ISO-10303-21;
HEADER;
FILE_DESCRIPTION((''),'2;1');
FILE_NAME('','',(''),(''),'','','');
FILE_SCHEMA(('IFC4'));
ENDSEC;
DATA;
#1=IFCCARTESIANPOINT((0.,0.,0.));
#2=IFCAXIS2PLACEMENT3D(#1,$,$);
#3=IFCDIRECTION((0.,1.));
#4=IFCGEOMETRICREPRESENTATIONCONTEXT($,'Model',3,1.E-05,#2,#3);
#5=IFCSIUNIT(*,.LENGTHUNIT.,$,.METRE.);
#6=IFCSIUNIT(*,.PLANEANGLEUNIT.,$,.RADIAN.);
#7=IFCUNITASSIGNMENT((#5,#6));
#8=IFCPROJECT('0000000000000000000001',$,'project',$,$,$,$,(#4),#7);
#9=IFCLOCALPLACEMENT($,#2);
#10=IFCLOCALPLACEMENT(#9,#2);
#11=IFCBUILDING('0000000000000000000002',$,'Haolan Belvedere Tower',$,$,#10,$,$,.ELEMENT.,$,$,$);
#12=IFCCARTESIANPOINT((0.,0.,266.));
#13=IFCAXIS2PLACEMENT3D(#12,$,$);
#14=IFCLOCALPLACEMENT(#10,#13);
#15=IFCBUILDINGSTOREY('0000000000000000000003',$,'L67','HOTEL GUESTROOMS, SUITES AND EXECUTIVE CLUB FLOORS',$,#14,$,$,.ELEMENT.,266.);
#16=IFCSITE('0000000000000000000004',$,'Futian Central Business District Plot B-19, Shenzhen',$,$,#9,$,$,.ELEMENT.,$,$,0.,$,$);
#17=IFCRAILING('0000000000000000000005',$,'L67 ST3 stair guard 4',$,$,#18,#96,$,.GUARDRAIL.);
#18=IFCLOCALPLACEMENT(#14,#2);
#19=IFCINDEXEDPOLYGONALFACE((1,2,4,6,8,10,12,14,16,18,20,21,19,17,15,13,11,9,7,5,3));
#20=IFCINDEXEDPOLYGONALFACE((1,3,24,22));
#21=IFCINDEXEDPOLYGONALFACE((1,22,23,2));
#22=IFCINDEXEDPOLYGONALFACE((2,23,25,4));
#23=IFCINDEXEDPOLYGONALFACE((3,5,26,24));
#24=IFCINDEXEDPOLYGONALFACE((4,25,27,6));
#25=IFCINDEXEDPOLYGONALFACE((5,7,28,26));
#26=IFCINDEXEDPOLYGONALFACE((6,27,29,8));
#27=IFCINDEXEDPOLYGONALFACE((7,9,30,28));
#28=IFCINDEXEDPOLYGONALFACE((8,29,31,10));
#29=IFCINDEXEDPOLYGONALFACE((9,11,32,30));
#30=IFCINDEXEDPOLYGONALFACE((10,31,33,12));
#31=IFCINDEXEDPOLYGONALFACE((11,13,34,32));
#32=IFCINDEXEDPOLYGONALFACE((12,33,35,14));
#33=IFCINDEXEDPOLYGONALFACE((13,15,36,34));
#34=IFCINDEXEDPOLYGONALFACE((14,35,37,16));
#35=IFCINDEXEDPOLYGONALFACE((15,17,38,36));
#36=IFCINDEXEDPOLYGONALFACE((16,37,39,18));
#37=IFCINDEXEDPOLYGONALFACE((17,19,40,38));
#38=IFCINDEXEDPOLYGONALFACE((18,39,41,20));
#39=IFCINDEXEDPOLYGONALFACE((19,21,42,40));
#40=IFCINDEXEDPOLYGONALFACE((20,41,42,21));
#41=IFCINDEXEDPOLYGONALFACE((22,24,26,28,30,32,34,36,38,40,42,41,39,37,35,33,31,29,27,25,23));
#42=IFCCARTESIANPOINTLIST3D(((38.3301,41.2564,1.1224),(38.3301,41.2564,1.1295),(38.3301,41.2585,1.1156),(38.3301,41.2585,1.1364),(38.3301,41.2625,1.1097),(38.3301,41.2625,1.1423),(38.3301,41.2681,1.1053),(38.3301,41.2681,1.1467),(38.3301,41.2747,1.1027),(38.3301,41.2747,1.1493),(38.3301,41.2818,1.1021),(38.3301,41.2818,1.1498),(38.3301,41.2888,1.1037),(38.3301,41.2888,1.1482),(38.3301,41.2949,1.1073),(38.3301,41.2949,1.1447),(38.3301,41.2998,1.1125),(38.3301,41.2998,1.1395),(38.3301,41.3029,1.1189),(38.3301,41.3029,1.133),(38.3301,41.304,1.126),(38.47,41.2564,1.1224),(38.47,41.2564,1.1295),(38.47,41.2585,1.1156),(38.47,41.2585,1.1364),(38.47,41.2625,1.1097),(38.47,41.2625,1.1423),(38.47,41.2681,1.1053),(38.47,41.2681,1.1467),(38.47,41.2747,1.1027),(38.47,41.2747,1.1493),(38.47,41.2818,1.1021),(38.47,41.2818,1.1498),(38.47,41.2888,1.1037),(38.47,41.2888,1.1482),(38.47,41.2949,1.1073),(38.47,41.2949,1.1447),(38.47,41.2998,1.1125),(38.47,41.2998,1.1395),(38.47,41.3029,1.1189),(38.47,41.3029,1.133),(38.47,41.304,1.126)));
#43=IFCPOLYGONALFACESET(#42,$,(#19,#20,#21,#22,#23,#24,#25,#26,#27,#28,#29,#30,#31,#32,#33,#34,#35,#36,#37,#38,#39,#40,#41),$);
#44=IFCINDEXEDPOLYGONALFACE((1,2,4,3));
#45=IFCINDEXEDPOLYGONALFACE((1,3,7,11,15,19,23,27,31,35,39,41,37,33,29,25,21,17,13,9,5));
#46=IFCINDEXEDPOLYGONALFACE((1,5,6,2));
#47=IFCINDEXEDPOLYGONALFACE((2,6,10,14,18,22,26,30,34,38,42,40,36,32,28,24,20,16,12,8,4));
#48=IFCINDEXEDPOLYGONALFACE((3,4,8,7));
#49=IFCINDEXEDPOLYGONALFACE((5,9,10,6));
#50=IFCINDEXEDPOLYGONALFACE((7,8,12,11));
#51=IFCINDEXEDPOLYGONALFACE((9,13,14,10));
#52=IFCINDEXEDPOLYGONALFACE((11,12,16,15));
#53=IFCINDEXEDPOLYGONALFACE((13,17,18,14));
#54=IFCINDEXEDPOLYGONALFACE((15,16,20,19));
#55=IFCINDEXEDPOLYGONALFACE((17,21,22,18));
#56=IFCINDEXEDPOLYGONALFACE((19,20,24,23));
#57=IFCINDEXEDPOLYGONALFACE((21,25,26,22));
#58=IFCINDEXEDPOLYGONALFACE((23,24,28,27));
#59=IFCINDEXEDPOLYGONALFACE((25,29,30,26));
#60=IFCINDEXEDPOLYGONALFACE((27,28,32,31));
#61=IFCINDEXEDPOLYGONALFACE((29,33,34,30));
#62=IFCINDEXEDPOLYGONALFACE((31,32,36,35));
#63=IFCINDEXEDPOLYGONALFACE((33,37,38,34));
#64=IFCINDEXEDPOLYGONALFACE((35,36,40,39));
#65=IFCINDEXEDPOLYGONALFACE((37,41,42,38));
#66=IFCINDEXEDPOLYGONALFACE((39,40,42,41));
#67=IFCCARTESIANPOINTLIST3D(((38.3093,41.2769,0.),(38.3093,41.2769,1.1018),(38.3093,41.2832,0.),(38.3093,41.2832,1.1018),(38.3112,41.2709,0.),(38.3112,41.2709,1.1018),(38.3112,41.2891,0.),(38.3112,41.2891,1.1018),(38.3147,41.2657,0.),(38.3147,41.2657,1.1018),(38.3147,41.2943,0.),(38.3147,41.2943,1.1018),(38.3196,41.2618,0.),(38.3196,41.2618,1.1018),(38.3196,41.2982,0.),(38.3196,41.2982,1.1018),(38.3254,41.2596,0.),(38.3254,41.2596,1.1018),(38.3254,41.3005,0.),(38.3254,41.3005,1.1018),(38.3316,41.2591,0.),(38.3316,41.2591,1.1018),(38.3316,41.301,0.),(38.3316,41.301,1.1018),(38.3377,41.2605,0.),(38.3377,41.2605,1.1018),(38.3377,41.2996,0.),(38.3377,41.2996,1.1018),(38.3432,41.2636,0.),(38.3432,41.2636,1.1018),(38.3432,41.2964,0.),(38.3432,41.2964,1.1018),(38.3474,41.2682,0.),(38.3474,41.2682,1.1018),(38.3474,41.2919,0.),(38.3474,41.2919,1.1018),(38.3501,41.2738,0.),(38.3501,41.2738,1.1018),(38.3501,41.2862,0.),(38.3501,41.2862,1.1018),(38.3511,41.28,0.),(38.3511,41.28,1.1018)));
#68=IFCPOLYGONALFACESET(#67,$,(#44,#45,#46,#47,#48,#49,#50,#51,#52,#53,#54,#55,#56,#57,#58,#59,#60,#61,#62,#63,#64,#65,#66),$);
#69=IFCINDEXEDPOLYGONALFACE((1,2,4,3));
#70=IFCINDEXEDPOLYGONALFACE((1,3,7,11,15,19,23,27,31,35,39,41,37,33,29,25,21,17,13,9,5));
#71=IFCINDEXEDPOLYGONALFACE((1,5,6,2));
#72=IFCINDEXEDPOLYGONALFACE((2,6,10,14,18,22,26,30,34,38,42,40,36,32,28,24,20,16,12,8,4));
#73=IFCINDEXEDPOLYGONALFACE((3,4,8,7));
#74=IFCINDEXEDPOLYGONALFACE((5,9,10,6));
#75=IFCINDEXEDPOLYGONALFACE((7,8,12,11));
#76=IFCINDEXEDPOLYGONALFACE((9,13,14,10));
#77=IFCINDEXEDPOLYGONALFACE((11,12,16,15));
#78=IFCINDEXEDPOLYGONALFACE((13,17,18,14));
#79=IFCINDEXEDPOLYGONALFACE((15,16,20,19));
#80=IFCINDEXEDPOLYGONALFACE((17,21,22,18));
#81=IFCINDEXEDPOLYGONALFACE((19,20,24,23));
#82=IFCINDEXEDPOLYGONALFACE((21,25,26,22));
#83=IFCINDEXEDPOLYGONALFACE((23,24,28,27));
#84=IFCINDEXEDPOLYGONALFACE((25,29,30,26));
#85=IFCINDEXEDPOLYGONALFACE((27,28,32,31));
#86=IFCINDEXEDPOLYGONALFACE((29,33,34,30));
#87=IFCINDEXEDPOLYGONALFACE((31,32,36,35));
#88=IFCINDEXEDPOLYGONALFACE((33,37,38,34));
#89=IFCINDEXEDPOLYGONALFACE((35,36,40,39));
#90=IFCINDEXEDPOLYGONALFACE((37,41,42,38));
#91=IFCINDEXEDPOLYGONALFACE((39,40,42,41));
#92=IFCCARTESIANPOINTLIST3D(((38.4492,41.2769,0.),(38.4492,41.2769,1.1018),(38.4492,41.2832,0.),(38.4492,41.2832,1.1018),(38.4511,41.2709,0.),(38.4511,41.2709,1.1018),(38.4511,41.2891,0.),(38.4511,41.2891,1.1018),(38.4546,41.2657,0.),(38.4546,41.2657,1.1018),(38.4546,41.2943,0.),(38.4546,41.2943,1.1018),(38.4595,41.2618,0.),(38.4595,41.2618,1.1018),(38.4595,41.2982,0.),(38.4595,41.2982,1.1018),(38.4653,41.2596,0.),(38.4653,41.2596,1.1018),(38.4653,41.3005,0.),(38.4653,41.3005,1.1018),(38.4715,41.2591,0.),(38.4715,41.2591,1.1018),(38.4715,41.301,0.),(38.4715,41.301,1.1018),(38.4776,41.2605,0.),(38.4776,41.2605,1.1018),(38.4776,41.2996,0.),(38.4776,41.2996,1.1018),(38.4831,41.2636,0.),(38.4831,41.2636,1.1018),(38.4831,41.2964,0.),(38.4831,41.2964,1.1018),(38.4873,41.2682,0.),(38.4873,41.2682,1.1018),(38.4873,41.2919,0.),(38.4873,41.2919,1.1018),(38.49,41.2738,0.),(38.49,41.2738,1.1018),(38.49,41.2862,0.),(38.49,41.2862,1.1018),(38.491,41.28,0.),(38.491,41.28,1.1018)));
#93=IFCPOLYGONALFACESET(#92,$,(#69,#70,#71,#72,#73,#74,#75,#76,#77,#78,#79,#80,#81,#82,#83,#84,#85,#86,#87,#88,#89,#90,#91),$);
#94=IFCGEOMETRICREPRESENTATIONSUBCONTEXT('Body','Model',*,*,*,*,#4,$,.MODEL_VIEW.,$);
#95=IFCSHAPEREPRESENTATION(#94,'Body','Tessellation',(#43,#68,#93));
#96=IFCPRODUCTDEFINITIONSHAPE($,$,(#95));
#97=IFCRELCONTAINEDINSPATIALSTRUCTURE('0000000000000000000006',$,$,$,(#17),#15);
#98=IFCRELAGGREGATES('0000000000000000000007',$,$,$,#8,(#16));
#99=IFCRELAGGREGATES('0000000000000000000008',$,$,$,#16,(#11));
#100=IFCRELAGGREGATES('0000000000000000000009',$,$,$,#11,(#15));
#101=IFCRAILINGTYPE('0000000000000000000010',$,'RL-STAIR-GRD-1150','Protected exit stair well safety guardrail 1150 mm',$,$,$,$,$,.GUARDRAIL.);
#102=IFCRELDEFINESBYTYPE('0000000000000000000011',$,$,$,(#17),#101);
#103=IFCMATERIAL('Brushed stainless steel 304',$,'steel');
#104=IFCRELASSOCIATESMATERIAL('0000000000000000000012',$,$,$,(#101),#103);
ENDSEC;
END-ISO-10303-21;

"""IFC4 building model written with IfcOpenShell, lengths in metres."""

from ifc_helpers import new_model, si_unit, direction, frame, origin, origin_2d, place, context, subcontext, project, spatial, circle, extrude, material, type_object, element, save


model = new_model("IFC4")

# Units and contexts
model_context = context("Model", 3, precision=1e-05, world=origin(), true_north=direction((0.0, 1.0)))
body_context = subcontext(model_context, "Body", "Model", "MODEL_VIEW")
ifc_project = project(units=[si_unit("LENGTHUNIT", "METRE"), si_unit("PLANEANGLEUNIT", "RADIAN")], contexts=[model_context])

# Site, building, storey
site_placement = place(None, origin())
site = spatial("IfcSite", under=ifc_project, at=site_placement, Name="Futian Central Business District Plot B-19, Shenzhen", CompositionType="ELEMENT", RefElevation=0.0)
building_placement = place(site_placement, origin())
building = spatial("IfcBuilding", under=site, at=building_placement, Name="Haolan Belvedere Tower", CompositionType="ELEMENT")
storey_placement = place(building_placement, frame((0.0, 0.0, 266.0)))
storey = spatial("IfcBuildingStorey", under=building, at=storey_placement, Name="L67", Description="HOTEL GUESTROOMS, SUITES AND EXECUTIVE CLUB FLOORS", CompositionType="ELEMENT", Elevation=266.0)

# Railing
ifc_material_1 = material(Name="Brushed stainless steel 304", Category="steel")
railing_type_1 = type_object("IfcRailingType", Name="RL-STAIR-GRD-1150", Description="Protected exit stair well safety guardrail 1150 mm", PredefinedType="GUARDRAIL", material=ifc_material_1)
railing_1_placement = place(storey_placement, frame((38.3301, 41.28, 0.0)))
element("IfcRailing", 1, at=railing_1_placement, inside=storey, type_object=railing_type_1, Name="L67 ST3 stair guard 4", PredefinedType="GUARDRAIL", context=body_context, shape_type="SweptSolid", body=[
    extrude(circle(Radius=0.0239, at=origin_2d()), frame((0.0, 0.0, 1.126), z_axis=(1.0, 0.0, 0.0), x_axis=(0.0, 1.0, 0.0)), (0.0, 0.0, 1.0), 0.1399),
    extrude(circle(Radius=0.021, at=origin_2d()), origin(), (0.0, 0.0, 1.0), 1.1018),
    extrude(circle(Radius=0.021, at=origin_2d()), frame((0.1399, 0.0, 0.0)), (0.0, 0.0, 1.0), 1.1018),
])

save(model, "model.ifc")
